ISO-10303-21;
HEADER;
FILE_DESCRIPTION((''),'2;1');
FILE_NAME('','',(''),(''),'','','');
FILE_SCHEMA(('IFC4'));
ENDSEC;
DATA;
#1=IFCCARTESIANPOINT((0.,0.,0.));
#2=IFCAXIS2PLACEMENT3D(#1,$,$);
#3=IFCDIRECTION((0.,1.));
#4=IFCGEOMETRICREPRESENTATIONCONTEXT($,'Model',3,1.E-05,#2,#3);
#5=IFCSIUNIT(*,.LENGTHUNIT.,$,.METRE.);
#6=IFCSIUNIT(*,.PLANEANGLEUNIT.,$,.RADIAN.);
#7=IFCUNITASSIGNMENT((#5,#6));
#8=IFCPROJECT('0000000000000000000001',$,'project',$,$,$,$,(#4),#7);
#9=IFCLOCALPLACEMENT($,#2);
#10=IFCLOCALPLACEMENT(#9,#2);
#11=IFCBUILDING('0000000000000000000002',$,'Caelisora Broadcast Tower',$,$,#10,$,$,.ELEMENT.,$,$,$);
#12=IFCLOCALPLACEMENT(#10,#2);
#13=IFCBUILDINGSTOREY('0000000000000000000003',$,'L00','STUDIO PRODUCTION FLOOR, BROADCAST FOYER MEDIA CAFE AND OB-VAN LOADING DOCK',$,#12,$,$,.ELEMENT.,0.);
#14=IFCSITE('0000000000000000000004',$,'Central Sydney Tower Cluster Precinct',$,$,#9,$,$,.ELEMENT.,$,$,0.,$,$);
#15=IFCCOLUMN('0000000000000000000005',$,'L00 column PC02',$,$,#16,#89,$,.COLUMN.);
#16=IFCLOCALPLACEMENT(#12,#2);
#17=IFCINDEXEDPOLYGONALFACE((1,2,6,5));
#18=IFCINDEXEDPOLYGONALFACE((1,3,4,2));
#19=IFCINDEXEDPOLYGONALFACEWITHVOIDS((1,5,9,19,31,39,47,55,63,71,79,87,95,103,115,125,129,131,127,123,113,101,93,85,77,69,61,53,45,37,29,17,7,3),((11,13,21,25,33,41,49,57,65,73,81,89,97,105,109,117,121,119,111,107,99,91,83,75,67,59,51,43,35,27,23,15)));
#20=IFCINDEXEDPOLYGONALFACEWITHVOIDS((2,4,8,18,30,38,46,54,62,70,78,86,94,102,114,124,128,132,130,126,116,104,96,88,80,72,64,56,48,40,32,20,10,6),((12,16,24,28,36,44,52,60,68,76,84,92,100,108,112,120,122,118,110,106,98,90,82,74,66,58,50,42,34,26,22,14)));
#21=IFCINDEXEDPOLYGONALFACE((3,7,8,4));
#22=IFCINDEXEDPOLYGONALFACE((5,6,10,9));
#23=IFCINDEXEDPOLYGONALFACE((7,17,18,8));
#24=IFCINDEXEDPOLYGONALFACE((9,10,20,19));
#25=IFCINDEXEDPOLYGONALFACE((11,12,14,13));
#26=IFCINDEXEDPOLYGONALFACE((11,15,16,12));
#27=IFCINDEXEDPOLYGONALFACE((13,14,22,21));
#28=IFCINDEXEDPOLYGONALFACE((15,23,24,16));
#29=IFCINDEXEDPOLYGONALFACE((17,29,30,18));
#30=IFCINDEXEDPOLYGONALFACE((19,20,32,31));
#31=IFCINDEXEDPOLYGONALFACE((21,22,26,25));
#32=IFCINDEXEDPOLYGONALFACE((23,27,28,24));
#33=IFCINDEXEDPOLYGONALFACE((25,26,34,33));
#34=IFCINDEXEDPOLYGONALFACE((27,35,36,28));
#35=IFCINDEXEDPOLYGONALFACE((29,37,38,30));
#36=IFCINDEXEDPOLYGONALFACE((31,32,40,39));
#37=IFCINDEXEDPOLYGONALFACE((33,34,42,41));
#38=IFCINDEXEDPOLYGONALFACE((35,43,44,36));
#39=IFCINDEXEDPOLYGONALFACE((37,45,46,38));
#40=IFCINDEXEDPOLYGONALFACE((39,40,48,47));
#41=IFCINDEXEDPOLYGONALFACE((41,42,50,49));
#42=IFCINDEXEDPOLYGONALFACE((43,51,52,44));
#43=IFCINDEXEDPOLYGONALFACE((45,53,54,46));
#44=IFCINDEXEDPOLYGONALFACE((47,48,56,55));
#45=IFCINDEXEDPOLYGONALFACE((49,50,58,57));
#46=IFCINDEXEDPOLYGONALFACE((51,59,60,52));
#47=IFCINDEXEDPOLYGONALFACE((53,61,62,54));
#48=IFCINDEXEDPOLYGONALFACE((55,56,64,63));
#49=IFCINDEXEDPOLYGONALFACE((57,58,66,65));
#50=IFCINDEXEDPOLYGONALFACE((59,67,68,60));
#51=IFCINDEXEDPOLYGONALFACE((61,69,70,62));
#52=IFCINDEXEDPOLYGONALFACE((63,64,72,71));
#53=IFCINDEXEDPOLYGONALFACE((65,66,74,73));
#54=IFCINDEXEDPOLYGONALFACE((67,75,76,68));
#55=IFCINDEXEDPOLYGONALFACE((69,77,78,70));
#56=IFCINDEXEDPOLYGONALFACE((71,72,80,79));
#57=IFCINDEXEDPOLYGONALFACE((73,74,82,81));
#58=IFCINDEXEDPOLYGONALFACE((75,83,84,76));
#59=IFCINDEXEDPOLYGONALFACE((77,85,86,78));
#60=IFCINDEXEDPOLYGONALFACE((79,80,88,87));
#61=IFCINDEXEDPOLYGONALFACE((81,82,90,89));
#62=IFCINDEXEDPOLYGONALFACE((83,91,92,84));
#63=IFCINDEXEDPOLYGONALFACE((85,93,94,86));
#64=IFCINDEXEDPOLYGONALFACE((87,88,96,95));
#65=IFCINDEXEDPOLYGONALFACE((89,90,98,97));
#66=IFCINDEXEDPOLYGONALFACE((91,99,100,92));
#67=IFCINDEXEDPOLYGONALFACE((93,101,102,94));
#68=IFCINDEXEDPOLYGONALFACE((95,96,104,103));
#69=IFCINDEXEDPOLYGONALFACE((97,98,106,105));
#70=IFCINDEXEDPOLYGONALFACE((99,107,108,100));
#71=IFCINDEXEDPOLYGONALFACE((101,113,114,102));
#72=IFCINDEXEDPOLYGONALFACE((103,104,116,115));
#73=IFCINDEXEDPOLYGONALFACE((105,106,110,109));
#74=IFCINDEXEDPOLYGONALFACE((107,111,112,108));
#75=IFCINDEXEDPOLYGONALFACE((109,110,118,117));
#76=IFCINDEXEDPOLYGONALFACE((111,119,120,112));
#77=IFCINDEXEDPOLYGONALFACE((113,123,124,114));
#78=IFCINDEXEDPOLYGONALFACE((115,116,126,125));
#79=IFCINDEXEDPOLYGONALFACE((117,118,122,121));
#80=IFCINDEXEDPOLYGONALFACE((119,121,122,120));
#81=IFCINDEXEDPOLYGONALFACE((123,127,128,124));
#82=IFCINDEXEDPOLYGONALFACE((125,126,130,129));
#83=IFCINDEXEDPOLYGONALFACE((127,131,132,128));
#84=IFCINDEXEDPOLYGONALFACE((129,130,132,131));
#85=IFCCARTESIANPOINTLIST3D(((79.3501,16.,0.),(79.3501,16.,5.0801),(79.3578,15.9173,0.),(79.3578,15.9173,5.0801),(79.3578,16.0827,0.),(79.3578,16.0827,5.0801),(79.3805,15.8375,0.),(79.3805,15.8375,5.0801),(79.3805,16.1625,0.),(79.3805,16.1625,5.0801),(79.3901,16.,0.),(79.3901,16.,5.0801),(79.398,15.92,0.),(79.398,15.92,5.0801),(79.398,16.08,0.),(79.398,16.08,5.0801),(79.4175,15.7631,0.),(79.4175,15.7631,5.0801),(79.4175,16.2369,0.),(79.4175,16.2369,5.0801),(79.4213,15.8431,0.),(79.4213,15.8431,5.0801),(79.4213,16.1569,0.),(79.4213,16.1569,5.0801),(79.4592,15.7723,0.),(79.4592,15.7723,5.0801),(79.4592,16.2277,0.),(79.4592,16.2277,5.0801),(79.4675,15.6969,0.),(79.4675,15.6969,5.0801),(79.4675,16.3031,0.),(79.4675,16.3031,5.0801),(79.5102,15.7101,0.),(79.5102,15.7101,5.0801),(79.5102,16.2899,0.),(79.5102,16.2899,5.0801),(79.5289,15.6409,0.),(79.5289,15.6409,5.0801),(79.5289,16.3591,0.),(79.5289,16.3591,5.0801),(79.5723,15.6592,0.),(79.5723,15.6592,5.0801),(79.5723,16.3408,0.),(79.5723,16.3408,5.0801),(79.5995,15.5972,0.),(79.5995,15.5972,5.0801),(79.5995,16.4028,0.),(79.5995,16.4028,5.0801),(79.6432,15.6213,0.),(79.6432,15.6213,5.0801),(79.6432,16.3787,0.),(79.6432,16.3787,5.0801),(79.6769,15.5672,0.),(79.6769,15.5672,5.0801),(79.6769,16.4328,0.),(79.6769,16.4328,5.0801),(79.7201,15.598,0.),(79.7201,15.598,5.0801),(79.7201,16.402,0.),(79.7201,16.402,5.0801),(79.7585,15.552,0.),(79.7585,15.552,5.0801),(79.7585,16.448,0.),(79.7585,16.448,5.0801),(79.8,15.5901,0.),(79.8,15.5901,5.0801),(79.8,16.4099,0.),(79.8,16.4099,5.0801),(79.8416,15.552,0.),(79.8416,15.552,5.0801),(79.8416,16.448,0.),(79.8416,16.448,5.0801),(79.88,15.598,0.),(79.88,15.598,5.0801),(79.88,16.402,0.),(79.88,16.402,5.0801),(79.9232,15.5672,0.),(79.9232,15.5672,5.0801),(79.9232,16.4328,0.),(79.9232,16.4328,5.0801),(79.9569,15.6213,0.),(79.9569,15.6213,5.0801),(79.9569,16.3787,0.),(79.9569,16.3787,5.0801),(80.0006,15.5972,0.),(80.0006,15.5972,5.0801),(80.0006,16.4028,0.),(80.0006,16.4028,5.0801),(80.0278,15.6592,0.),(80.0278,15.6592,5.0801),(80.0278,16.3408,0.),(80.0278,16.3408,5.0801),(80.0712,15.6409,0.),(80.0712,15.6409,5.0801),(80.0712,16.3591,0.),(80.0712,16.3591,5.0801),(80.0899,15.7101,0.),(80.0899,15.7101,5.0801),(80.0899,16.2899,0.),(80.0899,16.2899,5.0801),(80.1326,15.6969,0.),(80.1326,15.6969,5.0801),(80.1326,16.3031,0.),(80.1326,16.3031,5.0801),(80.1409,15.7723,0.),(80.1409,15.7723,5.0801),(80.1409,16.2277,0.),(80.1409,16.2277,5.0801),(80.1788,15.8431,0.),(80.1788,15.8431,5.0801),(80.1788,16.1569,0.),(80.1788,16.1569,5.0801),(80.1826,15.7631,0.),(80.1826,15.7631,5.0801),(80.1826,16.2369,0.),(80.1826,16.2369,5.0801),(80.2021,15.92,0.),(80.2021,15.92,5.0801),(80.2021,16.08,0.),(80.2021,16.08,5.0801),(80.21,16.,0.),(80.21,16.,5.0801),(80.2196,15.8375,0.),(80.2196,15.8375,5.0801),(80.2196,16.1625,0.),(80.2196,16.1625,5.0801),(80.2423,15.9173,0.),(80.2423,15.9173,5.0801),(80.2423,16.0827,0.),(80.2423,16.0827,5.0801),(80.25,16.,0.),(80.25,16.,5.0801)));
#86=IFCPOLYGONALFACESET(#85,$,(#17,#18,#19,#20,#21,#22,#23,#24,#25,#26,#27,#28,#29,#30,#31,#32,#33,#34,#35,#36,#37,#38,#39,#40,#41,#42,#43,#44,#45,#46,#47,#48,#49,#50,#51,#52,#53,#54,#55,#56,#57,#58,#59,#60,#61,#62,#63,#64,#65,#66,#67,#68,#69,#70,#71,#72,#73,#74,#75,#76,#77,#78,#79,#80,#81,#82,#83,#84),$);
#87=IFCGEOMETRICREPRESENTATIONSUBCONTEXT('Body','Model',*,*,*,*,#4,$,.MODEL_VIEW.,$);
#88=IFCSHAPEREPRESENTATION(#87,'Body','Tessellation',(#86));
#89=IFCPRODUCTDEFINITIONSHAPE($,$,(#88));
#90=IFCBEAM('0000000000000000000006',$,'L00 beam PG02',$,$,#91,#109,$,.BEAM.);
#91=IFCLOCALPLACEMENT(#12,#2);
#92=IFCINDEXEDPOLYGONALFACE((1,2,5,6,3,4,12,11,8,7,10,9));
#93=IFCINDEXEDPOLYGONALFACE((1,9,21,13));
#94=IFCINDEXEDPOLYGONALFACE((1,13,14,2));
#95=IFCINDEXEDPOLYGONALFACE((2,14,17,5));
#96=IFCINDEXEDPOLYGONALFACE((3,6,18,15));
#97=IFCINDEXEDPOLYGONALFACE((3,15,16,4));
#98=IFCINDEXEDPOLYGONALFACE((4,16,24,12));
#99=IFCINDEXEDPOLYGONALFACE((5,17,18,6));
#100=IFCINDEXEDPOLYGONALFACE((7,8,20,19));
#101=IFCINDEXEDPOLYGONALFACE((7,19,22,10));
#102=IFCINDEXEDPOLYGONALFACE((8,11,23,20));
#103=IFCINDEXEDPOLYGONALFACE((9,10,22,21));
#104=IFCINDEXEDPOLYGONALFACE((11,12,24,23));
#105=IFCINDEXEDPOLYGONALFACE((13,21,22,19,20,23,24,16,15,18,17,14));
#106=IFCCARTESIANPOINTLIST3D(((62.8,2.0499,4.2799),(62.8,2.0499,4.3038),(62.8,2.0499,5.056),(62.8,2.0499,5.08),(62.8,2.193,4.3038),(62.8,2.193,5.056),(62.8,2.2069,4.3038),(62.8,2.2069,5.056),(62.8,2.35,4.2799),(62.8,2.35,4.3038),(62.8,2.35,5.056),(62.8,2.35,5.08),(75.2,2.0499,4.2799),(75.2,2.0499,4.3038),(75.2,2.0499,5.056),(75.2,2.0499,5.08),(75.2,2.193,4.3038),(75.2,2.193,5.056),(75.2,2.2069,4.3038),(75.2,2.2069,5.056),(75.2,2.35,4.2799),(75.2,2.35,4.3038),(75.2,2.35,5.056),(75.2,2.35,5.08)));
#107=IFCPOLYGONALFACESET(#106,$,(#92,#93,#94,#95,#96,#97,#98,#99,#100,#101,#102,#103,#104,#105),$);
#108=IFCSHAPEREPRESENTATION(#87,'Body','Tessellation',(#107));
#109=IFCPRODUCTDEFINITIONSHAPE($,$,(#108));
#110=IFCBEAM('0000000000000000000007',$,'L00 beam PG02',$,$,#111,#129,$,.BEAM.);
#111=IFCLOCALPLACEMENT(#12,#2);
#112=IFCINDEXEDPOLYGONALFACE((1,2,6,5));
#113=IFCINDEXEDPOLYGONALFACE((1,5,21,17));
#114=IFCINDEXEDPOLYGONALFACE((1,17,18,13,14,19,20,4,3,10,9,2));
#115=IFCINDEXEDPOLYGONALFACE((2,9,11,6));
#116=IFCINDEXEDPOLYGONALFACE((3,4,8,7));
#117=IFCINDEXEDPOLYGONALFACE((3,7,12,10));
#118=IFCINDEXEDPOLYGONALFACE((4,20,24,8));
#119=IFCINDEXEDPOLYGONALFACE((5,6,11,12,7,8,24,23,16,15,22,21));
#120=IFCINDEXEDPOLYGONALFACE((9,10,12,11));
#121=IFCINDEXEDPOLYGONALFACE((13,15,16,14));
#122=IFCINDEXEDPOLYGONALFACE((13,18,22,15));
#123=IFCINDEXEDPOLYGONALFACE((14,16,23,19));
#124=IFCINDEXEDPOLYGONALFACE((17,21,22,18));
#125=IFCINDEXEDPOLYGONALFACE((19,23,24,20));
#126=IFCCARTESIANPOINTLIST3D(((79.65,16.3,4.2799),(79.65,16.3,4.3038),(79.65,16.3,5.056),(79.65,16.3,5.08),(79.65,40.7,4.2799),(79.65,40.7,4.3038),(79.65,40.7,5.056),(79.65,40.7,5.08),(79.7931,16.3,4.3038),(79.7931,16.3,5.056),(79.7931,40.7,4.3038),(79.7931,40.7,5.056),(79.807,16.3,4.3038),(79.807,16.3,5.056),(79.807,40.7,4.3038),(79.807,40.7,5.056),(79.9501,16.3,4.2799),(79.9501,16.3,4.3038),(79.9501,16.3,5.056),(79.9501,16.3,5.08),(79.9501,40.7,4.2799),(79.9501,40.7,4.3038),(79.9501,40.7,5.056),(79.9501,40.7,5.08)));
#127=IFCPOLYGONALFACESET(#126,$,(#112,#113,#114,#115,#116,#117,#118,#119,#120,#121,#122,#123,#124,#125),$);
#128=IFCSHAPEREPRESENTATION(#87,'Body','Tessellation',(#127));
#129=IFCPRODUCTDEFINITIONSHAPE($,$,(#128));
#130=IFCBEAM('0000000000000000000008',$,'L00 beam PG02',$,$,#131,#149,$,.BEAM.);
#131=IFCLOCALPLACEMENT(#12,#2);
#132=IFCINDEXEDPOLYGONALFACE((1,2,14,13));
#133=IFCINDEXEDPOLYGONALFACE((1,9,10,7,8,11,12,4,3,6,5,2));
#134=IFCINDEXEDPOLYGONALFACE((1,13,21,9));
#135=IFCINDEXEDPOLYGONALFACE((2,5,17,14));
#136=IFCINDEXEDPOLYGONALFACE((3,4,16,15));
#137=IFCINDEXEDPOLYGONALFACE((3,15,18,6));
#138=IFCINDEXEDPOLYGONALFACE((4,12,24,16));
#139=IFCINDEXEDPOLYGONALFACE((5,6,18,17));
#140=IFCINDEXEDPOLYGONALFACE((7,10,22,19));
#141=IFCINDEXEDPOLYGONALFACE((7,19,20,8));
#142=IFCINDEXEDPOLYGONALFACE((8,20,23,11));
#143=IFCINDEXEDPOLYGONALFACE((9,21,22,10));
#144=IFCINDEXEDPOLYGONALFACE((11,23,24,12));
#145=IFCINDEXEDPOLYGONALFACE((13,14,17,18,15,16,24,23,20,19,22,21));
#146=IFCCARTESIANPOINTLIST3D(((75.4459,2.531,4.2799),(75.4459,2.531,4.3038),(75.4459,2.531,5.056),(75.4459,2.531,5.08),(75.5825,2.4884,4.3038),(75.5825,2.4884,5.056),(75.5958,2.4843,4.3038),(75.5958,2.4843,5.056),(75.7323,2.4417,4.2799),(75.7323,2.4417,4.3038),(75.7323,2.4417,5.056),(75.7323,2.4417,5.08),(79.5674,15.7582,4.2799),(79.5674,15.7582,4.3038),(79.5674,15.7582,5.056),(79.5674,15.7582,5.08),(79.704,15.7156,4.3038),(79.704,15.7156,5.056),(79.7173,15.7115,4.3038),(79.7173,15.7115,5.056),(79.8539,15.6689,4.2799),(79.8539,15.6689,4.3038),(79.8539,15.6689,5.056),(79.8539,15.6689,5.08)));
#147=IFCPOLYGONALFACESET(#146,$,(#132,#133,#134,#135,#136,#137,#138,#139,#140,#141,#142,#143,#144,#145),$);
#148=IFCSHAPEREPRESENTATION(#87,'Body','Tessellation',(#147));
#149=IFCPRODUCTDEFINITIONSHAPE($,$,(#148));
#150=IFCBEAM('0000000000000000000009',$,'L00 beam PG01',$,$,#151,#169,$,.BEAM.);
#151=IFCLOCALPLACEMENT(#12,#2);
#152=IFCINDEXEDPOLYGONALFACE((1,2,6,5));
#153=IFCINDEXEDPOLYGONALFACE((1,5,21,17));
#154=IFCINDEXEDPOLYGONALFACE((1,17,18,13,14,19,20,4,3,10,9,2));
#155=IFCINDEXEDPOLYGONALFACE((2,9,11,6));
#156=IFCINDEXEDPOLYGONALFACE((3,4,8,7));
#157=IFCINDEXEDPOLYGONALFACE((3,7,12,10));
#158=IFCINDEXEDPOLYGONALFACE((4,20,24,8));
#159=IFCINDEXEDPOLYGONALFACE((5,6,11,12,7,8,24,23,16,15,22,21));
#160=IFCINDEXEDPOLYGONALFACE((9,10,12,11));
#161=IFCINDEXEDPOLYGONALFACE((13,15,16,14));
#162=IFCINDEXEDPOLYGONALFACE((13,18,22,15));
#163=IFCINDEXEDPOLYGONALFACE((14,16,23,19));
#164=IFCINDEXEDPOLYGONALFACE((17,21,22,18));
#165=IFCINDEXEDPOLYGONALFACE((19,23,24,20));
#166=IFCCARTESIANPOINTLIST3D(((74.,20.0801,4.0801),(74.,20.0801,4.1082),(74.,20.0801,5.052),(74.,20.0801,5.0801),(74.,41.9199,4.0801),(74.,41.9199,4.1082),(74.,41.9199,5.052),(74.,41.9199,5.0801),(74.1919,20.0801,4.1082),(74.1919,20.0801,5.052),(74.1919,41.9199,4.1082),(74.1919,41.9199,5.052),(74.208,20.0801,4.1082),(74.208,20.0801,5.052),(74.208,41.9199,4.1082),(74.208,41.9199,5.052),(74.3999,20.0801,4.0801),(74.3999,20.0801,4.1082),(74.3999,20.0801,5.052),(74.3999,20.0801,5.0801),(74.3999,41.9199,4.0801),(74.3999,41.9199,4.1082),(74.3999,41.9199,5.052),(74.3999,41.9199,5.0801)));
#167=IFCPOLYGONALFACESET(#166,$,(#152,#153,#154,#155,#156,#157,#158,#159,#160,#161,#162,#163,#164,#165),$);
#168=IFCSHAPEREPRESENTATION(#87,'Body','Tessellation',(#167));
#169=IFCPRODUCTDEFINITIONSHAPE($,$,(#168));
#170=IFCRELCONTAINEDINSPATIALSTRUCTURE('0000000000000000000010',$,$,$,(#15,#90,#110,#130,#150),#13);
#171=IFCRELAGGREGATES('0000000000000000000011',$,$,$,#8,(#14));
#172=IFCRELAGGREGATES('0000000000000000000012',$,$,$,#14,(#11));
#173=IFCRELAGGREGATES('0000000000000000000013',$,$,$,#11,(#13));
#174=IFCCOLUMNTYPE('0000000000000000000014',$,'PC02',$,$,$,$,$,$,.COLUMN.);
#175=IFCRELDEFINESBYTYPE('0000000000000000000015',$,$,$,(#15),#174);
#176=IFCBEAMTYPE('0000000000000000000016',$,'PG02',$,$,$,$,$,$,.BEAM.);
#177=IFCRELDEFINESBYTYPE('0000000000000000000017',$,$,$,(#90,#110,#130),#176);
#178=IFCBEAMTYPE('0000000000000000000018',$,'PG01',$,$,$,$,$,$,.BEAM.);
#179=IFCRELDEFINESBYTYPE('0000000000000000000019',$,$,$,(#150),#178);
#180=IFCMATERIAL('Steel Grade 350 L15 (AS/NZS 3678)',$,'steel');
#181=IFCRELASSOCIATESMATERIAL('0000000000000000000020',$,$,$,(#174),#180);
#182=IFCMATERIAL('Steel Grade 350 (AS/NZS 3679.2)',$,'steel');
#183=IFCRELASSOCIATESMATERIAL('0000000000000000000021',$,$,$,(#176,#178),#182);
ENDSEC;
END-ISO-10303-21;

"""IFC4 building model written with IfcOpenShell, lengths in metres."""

from ifc_helpers import new_model, si_unit, direction, frame, origin, origin_2d, place, context, subcontext, project, spatial, hollow_circle, i_section, extrude, source, transform, mapped, material, material_profile, profile_set, type_object, type_shapes, element, save


model = new_model("IFC4")

# Units and contexts
model_context = context("Model", 3, precision=1e-05, world=origin(), true_north=direction((0.0, 1.0)))
body_context = subcontext(model_context, "Body", "Model", "MODEL_VIEW")
ifc_project = project(units=[si_unit("LENGTHUNIT", "METRE"), si_unit("PLANEANGLEUNIT", "RADIAN")], contexts=[model_context])

# Site, building, storey
site_placement = place(None, origin())
site = spatial("IfcSite", under=ifc_project, at=site_placement, Name="Central Sydney Tower Cluster Precinct", CompositionType="ELEMENT", RefElevation=0.0)
building_placement = place(site_placement, origin())
building = spatial("IfcBuilding", under=site, at=building_placement, Name="Caelisora Broadcast Tower", CompositionType="ELEMENT")
storey_placement = place(building_placement, origin())
storey = spatial("IfcBuildingStorey", under=building, at=storey_placement, Name="L00", Description="STUDIO PRODUCTION FLOOR, BROADCAST FOYER MEDIA CAFE AND OB-VAN LOADING DOCK", CompositionType="ELEMENT", Elevation=0.0)

# Column
ifc_material_1 = material(Name="Steel Grade 350 L15 (AS/NZS 3678)", Category="steel")
ifc_material_profile_1 = material_profile(ifc_material_1, hollow_circle(Radius=0.45, WallThickness=0.04, at=origin_2d()), Name="Steel Grade 350 L15 (AS/NZS 3678)")
ifc_profile_set_1 = profile_set([ifc_material_profile_1], Name="Steel Grade 350 L15 (AS/NZS 3678)")
column_type_1 = type_object("IfcColumnType", Name="PC02", PredefinedType="COLUMN", material=ifc_profile_set_1)
shared_shape_1 = source(origin(), body_context, "Body", "SweptSolid", [
    extrude(hollow_circle(Radius=0.45, WallThickness=0.04, at=origin_2d()), origin(), (0.0, 0.0, 1.0), 5.0801),
])
type_shapes(column_type_1, [shared_shape_1])
for number, where, z_axis, x_axis, name in (
    (1, (79.8, 16.0, 0.0), (0.0, 0.0, 1.0), (1.0, 0.0, 0.0), "L00 column PC02"),
):
    element("IfcColumn", number, at=place(storey_placement, frame(where, z_axis=z_axis, x_axis=x_axis)), inside=storey, type_object=column_type_1, Name=name, PredefinedType="COLUMN", context=body_context, shape_type="MappedRepresentation", body=[
        mapped(shared_shape_1, transform((0.0, 0.0, 0.0), scale=1.0)),
    ])

# Beams
ifc_material_2 = material(Name="Steel Grade 350 (AS/NZS 3679.2)", Category="steel")
ifc_material_profile_2 = material_profile(ifc_material_2, i_section(OverallWidth=0.3, OverallDepth=0.8, WebThickness=0.0139, FlangeThickness=0.0239, at=origin_2d()), Name="Steel Grade 350 (AS/NZS 3679.2)")
ifc_profile_set_2 = profile_set([ifc_material_profile_2], Name="Steel Grade 350 (AS/NZS 3679.2)")
beam_type_1 = type_object("IfcBeamType", Name="PG02", PredefinedType="BEAM", material=ifc_profile_set_2)
shared_shape_2 = source(origin(), body_context, "Body", "SweptSolid", [
    extrude(i_section(OverallWidth=0.3, OverallDepth=0.8, WebThickness=0.0139, FlangeThickness=0.0239, at=origin_2d()), origin(), (0.0, 0.0, 1.0), 12.3999),
])
beam_1_placement = place(storey_placement, frame((62.8, 2.2, 4.6799), z_axis=(1.0, 0.0, 0.0), x_axis=(0.0, 1.0, 0.0)))
element("IfcBeam", 2, at=beam_1_placement, inside=storey, type_object=beam_type_1, Name="L00 beam PG02", PredefinedType="BEAM", context=body_context, shape_type="MappedRepresentation", body=[
    mapped(shared_shape_2, transform((0.0, 0.0, 0.0), scale=1.0)),
])
shared_shape_3 = source(origin(), body_context, "Body", "SweptSolid", [
    extrude(i_section(OverallWidth=0.3, OverallDepth=0.8, WebThickness=0.0139, FlangeThickness=0.0239, at=origin_2d()), origin(), (0.0, 0.0, 1.0), 24.3999),
])
beam_2_placement = place(storey_placement, frame((79.8, 16.3, 4.6799), z_axis=(0.0, 1.0, 0.0), x_axis=(-1.0, 0.0, 0.0)))
element("IfcBeam", 3, at=beam_2_placement, inside=storey, type_object=beam_type_1, Name="L00 beam PG02", PredefinedType="BEAM", context=body_context, shape_type="MappedRepresentation", body=[
    mapped(shared_shape_3, transform((0.0, 0.0, 0.0), scale=1.0)),
])
shared_shape_4 = source(origin(), body_context, "Body", "SweptSolid", [
    extrude(i_section(OverallWidth=0.3, OverallDepth=0.8, WebThickness=0.0139, FlangeThickness=0.0239, at=origin_2d()), origin(), (0.0, 0.0, 1.0), 13.8545),
])
type_shapes(beam_type_1, [shared_shape_2, shared_shape_3, shared_shape_4])
beam_3_placement = place(storey_placement, frame((75.5891, 2.4863, 4.6799), z_axis=(0.297489, 0.954725, 0.0), x_axis=(-0.954725, 0.297489, 0.0)))
element("IfcBeam", 4, at=beam_3_placement, inside=storey, type_object=beam_type_1, Name="L00 beam PG02", PredefinedType="BEAM", context=body_context, shape_type="MappedRepresentation", body=[
    mapped(shared_shape_4, transform((0.0, 0.0, 0.0), scale=1.0)),
])
ifc_material_profile_3 = material_profile(ifc_material_2, i_section(OverallWidth=0.3999, OverallDepth=1.0, WebThickness=0.0161, FlangeThickness=0.0281, at=origin_2d()), Name="Steel Grade 350 (AS/NZS 3679.2)")
ifc_profile_set_3 = profile_set([ifc_material_profile_3], Name="Steel Grade 350 (AS/NZS 3679.2)")
beam_type_2 = type_object("IfcBeamType", Name="PG01", PredefinedType="BEAM", material=ifc_profile_set_3)
shared_shape_5 = source(origin(), body_context, "Body", "SweptSolid", [
    extrude(i_section(OverallWidth=0.3999, OverallDepth=1.0, WebThickness=0.0161, FlangeThickness=0.0281, at=origin_2d()), origin(), (0.0, 0.0, 1.0), 21.8398),
])
beam_4_placement = place(storey_placement, frame((74.2, 20.0801, 4.5801), z_axis=(0.0, 1.0, 0.0), x_axis=(-1.0, 0.0, 0.0)))
element("IfcBeam", 5, at=beam_4_placement, inside=storey, type_object=beam_type_2, Name="L00 beam PG01", PredefinedType="BEAM", context=body_context, shape_type="MappedRepresentation", body=[
    mapped(shared_shape_5, transform((0.0, 0.0, 0.0), scale=1.0)),
])

save(model, "model.ifc")
